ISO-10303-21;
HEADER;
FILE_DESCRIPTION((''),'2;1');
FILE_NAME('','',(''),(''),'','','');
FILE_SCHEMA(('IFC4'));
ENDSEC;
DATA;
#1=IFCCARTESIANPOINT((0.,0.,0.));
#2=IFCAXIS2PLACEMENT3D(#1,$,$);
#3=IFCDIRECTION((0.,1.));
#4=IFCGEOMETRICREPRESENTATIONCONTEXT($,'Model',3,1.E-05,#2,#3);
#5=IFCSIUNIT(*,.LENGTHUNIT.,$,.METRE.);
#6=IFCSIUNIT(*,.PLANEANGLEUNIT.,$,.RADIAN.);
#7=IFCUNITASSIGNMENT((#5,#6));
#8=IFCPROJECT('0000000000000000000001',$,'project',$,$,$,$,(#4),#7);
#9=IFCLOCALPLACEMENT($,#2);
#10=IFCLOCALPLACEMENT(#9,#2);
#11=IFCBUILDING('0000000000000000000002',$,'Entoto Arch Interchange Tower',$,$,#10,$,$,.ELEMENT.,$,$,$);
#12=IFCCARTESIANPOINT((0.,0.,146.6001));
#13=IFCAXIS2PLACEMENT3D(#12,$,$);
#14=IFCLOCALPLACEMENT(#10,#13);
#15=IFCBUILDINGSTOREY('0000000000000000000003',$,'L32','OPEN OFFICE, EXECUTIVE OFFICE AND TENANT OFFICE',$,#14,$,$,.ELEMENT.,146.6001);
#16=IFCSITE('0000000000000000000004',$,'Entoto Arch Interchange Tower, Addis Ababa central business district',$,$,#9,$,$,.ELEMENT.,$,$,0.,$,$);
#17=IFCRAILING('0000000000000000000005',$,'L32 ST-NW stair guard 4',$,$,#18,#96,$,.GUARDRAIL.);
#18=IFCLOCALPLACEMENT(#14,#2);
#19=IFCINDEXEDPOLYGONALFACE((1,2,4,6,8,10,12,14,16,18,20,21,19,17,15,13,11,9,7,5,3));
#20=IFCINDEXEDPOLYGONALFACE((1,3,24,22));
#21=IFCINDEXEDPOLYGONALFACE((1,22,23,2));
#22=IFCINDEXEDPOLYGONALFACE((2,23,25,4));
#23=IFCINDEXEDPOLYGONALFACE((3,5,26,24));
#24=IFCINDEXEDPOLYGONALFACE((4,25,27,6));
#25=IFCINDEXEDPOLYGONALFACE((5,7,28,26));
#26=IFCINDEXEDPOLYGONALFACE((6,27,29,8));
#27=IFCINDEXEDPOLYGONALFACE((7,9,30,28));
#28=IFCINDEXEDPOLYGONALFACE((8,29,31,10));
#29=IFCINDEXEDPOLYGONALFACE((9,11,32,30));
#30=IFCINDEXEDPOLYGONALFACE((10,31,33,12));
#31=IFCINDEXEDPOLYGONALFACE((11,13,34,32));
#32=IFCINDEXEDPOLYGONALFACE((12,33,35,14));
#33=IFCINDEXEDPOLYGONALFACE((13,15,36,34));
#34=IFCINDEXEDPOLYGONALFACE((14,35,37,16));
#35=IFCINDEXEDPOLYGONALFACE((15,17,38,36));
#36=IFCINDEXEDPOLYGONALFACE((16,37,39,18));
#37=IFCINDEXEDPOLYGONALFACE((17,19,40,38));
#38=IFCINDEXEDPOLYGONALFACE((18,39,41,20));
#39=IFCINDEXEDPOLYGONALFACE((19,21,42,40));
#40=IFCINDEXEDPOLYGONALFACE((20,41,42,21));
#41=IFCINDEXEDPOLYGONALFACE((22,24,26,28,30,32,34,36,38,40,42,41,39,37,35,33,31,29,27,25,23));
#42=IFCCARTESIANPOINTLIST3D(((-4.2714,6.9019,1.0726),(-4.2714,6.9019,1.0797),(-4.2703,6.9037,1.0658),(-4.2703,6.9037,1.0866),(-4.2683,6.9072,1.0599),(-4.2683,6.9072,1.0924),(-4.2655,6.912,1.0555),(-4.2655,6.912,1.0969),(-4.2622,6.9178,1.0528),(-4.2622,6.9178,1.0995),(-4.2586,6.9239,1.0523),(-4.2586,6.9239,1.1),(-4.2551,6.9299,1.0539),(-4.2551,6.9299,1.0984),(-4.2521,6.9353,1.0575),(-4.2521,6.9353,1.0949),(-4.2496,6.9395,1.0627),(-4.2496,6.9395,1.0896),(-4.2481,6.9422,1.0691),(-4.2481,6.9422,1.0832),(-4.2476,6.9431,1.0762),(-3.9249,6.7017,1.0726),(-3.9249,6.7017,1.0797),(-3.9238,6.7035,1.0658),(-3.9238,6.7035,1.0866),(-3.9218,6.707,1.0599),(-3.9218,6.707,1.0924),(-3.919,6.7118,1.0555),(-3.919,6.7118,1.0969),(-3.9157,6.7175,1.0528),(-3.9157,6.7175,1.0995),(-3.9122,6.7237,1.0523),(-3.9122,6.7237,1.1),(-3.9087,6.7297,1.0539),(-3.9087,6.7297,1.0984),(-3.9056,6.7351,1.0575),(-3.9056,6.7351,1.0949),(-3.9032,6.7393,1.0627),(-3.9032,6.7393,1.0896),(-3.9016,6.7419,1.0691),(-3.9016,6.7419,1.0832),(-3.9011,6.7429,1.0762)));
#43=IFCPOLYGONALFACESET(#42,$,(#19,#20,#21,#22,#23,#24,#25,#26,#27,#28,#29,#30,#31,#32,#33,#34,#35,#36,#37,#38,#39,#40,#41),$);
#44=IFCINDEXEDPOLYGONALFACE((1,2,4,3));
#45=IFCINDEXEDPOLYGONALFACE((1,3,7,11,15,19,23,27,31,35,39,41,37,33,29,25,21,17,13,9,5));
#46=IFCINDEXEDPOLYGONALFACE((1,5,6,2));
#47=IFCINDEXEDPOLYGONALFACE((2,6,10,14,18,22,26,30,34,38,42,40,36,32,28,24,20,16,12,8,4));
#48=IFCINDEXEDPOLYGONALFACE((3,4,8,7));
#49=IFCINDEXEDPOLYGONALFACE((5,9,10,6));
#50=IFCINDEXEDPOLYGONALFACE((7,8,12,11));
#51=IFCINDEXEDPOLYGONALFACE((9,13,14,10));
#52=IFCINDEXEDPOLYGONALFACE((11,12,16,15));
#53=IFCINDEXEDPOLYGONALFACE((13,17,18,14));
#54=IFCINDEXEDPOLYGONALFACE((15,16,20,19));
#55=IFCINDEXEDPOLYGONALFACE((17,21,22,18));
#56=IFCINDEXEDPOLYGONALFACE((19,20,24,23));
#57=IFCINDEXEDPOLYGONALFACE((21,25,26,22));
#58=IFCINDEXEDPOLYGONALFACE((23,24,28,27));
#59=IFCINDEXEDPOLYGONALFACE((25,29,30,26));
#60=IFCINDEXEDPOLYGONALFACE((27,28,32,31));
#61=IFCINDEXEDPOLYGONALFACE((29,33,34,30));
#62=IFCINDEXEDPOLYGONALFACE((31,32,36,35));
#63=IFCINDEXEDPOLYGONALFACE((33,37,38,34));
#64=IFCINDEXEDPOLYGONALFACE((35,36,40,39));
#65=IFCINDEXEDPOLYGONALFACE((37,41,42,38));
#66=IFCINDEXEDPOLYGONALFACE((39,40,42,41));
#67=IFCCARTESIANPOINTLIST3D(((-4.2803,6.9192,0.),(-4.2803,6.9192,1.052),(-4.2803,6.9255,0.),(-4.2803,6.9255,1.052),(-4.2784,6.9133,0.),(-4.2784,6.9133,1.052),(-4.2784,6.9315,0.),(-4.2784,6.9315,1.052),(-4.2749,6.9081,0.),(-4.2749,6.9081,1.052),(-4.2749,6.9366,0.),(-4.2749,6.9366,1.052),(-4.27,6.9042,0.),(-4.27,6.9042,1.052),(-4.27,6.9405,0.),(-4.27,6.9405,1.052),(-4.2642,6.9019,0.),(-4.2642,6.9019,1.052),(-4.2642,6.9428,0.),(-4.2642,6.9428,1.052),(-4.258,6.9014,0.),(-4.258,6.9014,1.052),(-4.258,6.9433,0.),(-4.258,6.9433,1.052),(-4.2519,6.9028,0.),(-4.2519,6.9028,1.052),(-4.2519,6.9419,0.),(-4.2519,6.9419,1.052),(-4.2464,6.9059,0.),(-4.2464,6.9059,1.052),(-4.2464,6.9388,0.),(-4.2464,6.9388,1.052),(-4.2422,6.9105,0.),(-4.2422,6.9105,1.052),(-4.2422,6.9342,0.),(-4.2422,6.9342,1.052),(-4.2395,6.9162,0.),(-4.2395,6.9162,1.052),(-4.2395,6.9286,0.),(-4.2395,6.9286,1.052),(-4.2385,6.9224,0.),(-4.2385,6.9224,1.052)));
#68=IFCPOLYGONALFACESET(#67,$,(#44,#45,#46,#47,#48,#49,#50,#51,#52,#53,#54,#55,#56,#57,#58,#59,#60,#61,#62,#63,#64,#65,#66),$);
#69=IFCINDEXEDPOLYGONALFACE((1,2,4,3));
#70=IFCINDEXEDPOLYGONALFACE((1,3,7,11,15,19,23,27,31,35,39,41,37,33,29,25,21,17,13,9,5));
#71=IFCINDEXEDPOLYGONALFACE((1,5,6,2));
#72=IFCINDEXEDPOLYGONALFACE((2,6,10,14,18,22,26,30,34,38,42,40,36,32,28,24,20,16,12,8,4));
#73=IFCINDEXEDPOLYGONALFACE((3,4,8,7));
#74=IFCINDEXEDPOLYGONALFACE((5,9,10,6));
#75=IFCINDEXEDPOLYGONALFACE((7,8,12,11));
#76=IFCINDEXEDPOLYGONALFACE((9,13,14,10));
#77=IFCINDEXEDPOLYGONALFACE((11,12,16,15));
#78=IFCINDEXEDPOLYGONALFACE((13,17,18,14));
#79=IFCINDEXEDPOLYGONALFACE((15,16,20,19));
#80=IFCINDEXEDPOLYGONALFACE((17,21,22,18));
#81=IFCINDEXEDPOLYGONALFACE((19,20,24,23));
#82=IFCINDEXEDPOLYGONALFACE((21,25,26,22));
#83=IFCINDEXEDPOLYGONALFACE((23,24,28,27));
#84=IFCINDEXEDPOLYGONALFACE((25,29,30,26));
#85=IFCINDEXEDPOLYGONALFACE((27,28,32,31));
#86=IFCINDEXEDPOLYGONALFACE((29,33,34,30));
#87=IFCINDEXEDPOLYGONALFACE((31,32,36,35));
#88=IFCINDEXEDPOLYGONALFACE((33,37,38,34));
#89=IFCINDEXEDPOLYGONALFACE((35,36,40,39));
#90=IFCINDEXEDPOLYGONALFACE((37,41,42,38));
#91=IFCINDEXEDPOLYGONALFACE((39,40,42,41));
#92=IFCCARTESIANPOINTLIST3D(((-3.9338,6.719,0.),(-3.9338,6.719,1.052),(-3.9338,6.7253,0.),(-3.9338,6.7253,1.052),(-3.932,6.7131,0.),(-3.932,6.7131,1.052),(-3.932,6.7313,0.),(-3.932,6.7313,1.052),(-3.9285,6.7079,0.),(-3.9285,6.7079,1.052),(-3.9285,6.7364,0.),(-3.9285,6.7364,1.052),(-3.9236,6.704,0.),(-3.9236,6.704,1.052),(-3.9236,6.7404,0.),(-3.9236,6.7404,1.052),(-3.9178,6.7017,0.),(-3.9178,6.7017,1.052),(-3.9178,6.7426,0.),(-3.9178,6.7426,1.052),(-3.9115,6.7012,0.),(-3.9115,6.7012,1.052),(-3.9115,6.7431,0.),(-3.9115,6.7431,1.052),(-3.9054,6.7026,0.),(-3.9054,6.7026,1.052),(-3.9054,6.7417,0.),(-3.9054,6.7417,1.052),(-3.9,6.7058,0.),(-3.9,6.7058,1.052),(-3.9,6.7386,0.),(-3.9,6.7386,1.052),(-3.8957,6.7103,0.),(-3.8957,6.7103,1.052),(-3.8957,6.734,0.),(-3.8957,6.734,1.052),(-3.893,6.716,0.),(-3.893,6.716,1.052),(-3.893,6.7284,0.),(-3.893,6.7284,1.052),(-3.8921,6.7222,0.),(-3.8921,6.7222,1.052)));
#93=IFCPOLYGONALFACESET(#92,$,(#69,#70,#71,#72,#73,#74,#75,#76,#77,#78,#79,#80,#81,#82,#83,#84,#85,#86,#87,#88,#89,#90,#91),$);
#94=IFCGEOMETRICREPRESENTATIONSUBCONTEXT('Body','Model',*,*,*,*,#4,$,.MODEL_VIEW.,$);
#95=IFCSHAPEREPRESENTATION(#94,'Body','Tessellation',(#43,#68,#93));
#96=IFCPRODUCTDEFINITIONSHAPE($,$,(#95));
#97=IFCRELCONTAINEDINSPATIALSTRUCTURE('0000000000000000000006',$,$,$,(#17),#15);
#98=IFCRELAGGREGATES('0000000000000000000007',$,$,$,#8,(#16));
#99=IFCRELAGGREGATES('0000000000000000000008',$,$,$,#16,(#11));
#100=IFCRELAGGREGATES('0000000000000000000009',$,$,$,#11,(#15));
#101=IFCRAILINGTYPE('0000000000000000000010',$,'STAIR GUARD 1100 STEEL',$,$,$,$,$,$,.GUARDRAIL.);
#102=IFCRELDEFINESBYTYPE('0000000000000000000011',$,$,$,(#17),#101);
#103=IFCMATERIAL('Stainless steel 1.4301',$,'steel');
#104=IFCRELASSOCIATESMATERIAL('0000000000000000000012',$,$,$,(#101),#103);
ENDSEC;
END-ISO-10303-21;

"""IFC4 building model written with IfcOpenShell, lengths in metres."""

from ifc_helpers import new_model, si_unit, direction, frame, origin, origin_2d, place, context, subcontext, project, spatial, circle, extrude, material, type_object, element, save


model = new_model("IFC4")

# Units and contexts
model_context = context("Model", 3, precision=1e-05, world=origin(), true_north=direction((0.0, 1.0)))
body_context = subcontext(model_context, "Body", "Model", "MODEL_VIEW")
ifc_project = project(units=[si_unit("LENGTHUNIT", "METRE"), si_unit("PLANEANGLEUNIT", "RADIAN")], contexts=[model_context])

# Site, building, storey
site_placement = place(None, origin())
site = spatial("IfcSite", under=ifc_project, at=site_placement, Name="Entoto Arch Interchange Tower, Addis Ababa central business district", CompositionType="ELEMENT", RefElevation=0.0)
building_placement = place(site_placement, origin())
building = spatial("IfcBuilding", under=site, at=building_placement, Name="Entoto Arch Interchange Tower", CompositionType="ELEMENT")
storey_placement = place(building_placement, frame((0.0, 0.0, 146.6001)))
storey = spatial("IfcBuildingStorey", under=building, at=storey_placement, Name="L32", Description="OPEN OFFICE, EXECUTIVE OFFICE AND TENANT OFFICE", CompositionType="ELEMENT", Elevation=146.6001)

# Railing
ifc_material_1 = material(Name="Stainless steel 1.4301", Category="steel")
railing_type_1 = type_object("IfcRailingType", Name="STAIR GUARD 1100 STEEL", PredefinedType="GUARDRAIL", material=ifc_material_1)
railing_1_placement = place(storey_placement, frame((-4.2595, 6.9224, 0.0)))
element("IfcRailing", 1, at=railing_1_placement, inside=storey, type_object=railing_type_1, Name="L32 ST-NW stair guard 4", PredefinedType="GUARDRAIL", context=body_context, shape_type="SweptSolid", body=[
    extrude(circle(Radius=0.0239, at=origin_2d()), frame((0.0, 0.0, 1.0762), z_axis=(0.86583, -0.500339, 0.0), x_axis=(0.500339, 0.86583, 0.0)), (0.0, 0.0, 1.0), 0.4001),
    extrude(circle(Radius=0.021, at=origin_2d()), origin(), (0.0, 0.0, 1.0), 1.052),
    extrude(circle(Radius=0.021, at=origin_2d()), frame((0.3464, -0.2002, 0.0)), (0.0, 0.0, 1.0), 1.052),
])

save(model, "model.ifc")
